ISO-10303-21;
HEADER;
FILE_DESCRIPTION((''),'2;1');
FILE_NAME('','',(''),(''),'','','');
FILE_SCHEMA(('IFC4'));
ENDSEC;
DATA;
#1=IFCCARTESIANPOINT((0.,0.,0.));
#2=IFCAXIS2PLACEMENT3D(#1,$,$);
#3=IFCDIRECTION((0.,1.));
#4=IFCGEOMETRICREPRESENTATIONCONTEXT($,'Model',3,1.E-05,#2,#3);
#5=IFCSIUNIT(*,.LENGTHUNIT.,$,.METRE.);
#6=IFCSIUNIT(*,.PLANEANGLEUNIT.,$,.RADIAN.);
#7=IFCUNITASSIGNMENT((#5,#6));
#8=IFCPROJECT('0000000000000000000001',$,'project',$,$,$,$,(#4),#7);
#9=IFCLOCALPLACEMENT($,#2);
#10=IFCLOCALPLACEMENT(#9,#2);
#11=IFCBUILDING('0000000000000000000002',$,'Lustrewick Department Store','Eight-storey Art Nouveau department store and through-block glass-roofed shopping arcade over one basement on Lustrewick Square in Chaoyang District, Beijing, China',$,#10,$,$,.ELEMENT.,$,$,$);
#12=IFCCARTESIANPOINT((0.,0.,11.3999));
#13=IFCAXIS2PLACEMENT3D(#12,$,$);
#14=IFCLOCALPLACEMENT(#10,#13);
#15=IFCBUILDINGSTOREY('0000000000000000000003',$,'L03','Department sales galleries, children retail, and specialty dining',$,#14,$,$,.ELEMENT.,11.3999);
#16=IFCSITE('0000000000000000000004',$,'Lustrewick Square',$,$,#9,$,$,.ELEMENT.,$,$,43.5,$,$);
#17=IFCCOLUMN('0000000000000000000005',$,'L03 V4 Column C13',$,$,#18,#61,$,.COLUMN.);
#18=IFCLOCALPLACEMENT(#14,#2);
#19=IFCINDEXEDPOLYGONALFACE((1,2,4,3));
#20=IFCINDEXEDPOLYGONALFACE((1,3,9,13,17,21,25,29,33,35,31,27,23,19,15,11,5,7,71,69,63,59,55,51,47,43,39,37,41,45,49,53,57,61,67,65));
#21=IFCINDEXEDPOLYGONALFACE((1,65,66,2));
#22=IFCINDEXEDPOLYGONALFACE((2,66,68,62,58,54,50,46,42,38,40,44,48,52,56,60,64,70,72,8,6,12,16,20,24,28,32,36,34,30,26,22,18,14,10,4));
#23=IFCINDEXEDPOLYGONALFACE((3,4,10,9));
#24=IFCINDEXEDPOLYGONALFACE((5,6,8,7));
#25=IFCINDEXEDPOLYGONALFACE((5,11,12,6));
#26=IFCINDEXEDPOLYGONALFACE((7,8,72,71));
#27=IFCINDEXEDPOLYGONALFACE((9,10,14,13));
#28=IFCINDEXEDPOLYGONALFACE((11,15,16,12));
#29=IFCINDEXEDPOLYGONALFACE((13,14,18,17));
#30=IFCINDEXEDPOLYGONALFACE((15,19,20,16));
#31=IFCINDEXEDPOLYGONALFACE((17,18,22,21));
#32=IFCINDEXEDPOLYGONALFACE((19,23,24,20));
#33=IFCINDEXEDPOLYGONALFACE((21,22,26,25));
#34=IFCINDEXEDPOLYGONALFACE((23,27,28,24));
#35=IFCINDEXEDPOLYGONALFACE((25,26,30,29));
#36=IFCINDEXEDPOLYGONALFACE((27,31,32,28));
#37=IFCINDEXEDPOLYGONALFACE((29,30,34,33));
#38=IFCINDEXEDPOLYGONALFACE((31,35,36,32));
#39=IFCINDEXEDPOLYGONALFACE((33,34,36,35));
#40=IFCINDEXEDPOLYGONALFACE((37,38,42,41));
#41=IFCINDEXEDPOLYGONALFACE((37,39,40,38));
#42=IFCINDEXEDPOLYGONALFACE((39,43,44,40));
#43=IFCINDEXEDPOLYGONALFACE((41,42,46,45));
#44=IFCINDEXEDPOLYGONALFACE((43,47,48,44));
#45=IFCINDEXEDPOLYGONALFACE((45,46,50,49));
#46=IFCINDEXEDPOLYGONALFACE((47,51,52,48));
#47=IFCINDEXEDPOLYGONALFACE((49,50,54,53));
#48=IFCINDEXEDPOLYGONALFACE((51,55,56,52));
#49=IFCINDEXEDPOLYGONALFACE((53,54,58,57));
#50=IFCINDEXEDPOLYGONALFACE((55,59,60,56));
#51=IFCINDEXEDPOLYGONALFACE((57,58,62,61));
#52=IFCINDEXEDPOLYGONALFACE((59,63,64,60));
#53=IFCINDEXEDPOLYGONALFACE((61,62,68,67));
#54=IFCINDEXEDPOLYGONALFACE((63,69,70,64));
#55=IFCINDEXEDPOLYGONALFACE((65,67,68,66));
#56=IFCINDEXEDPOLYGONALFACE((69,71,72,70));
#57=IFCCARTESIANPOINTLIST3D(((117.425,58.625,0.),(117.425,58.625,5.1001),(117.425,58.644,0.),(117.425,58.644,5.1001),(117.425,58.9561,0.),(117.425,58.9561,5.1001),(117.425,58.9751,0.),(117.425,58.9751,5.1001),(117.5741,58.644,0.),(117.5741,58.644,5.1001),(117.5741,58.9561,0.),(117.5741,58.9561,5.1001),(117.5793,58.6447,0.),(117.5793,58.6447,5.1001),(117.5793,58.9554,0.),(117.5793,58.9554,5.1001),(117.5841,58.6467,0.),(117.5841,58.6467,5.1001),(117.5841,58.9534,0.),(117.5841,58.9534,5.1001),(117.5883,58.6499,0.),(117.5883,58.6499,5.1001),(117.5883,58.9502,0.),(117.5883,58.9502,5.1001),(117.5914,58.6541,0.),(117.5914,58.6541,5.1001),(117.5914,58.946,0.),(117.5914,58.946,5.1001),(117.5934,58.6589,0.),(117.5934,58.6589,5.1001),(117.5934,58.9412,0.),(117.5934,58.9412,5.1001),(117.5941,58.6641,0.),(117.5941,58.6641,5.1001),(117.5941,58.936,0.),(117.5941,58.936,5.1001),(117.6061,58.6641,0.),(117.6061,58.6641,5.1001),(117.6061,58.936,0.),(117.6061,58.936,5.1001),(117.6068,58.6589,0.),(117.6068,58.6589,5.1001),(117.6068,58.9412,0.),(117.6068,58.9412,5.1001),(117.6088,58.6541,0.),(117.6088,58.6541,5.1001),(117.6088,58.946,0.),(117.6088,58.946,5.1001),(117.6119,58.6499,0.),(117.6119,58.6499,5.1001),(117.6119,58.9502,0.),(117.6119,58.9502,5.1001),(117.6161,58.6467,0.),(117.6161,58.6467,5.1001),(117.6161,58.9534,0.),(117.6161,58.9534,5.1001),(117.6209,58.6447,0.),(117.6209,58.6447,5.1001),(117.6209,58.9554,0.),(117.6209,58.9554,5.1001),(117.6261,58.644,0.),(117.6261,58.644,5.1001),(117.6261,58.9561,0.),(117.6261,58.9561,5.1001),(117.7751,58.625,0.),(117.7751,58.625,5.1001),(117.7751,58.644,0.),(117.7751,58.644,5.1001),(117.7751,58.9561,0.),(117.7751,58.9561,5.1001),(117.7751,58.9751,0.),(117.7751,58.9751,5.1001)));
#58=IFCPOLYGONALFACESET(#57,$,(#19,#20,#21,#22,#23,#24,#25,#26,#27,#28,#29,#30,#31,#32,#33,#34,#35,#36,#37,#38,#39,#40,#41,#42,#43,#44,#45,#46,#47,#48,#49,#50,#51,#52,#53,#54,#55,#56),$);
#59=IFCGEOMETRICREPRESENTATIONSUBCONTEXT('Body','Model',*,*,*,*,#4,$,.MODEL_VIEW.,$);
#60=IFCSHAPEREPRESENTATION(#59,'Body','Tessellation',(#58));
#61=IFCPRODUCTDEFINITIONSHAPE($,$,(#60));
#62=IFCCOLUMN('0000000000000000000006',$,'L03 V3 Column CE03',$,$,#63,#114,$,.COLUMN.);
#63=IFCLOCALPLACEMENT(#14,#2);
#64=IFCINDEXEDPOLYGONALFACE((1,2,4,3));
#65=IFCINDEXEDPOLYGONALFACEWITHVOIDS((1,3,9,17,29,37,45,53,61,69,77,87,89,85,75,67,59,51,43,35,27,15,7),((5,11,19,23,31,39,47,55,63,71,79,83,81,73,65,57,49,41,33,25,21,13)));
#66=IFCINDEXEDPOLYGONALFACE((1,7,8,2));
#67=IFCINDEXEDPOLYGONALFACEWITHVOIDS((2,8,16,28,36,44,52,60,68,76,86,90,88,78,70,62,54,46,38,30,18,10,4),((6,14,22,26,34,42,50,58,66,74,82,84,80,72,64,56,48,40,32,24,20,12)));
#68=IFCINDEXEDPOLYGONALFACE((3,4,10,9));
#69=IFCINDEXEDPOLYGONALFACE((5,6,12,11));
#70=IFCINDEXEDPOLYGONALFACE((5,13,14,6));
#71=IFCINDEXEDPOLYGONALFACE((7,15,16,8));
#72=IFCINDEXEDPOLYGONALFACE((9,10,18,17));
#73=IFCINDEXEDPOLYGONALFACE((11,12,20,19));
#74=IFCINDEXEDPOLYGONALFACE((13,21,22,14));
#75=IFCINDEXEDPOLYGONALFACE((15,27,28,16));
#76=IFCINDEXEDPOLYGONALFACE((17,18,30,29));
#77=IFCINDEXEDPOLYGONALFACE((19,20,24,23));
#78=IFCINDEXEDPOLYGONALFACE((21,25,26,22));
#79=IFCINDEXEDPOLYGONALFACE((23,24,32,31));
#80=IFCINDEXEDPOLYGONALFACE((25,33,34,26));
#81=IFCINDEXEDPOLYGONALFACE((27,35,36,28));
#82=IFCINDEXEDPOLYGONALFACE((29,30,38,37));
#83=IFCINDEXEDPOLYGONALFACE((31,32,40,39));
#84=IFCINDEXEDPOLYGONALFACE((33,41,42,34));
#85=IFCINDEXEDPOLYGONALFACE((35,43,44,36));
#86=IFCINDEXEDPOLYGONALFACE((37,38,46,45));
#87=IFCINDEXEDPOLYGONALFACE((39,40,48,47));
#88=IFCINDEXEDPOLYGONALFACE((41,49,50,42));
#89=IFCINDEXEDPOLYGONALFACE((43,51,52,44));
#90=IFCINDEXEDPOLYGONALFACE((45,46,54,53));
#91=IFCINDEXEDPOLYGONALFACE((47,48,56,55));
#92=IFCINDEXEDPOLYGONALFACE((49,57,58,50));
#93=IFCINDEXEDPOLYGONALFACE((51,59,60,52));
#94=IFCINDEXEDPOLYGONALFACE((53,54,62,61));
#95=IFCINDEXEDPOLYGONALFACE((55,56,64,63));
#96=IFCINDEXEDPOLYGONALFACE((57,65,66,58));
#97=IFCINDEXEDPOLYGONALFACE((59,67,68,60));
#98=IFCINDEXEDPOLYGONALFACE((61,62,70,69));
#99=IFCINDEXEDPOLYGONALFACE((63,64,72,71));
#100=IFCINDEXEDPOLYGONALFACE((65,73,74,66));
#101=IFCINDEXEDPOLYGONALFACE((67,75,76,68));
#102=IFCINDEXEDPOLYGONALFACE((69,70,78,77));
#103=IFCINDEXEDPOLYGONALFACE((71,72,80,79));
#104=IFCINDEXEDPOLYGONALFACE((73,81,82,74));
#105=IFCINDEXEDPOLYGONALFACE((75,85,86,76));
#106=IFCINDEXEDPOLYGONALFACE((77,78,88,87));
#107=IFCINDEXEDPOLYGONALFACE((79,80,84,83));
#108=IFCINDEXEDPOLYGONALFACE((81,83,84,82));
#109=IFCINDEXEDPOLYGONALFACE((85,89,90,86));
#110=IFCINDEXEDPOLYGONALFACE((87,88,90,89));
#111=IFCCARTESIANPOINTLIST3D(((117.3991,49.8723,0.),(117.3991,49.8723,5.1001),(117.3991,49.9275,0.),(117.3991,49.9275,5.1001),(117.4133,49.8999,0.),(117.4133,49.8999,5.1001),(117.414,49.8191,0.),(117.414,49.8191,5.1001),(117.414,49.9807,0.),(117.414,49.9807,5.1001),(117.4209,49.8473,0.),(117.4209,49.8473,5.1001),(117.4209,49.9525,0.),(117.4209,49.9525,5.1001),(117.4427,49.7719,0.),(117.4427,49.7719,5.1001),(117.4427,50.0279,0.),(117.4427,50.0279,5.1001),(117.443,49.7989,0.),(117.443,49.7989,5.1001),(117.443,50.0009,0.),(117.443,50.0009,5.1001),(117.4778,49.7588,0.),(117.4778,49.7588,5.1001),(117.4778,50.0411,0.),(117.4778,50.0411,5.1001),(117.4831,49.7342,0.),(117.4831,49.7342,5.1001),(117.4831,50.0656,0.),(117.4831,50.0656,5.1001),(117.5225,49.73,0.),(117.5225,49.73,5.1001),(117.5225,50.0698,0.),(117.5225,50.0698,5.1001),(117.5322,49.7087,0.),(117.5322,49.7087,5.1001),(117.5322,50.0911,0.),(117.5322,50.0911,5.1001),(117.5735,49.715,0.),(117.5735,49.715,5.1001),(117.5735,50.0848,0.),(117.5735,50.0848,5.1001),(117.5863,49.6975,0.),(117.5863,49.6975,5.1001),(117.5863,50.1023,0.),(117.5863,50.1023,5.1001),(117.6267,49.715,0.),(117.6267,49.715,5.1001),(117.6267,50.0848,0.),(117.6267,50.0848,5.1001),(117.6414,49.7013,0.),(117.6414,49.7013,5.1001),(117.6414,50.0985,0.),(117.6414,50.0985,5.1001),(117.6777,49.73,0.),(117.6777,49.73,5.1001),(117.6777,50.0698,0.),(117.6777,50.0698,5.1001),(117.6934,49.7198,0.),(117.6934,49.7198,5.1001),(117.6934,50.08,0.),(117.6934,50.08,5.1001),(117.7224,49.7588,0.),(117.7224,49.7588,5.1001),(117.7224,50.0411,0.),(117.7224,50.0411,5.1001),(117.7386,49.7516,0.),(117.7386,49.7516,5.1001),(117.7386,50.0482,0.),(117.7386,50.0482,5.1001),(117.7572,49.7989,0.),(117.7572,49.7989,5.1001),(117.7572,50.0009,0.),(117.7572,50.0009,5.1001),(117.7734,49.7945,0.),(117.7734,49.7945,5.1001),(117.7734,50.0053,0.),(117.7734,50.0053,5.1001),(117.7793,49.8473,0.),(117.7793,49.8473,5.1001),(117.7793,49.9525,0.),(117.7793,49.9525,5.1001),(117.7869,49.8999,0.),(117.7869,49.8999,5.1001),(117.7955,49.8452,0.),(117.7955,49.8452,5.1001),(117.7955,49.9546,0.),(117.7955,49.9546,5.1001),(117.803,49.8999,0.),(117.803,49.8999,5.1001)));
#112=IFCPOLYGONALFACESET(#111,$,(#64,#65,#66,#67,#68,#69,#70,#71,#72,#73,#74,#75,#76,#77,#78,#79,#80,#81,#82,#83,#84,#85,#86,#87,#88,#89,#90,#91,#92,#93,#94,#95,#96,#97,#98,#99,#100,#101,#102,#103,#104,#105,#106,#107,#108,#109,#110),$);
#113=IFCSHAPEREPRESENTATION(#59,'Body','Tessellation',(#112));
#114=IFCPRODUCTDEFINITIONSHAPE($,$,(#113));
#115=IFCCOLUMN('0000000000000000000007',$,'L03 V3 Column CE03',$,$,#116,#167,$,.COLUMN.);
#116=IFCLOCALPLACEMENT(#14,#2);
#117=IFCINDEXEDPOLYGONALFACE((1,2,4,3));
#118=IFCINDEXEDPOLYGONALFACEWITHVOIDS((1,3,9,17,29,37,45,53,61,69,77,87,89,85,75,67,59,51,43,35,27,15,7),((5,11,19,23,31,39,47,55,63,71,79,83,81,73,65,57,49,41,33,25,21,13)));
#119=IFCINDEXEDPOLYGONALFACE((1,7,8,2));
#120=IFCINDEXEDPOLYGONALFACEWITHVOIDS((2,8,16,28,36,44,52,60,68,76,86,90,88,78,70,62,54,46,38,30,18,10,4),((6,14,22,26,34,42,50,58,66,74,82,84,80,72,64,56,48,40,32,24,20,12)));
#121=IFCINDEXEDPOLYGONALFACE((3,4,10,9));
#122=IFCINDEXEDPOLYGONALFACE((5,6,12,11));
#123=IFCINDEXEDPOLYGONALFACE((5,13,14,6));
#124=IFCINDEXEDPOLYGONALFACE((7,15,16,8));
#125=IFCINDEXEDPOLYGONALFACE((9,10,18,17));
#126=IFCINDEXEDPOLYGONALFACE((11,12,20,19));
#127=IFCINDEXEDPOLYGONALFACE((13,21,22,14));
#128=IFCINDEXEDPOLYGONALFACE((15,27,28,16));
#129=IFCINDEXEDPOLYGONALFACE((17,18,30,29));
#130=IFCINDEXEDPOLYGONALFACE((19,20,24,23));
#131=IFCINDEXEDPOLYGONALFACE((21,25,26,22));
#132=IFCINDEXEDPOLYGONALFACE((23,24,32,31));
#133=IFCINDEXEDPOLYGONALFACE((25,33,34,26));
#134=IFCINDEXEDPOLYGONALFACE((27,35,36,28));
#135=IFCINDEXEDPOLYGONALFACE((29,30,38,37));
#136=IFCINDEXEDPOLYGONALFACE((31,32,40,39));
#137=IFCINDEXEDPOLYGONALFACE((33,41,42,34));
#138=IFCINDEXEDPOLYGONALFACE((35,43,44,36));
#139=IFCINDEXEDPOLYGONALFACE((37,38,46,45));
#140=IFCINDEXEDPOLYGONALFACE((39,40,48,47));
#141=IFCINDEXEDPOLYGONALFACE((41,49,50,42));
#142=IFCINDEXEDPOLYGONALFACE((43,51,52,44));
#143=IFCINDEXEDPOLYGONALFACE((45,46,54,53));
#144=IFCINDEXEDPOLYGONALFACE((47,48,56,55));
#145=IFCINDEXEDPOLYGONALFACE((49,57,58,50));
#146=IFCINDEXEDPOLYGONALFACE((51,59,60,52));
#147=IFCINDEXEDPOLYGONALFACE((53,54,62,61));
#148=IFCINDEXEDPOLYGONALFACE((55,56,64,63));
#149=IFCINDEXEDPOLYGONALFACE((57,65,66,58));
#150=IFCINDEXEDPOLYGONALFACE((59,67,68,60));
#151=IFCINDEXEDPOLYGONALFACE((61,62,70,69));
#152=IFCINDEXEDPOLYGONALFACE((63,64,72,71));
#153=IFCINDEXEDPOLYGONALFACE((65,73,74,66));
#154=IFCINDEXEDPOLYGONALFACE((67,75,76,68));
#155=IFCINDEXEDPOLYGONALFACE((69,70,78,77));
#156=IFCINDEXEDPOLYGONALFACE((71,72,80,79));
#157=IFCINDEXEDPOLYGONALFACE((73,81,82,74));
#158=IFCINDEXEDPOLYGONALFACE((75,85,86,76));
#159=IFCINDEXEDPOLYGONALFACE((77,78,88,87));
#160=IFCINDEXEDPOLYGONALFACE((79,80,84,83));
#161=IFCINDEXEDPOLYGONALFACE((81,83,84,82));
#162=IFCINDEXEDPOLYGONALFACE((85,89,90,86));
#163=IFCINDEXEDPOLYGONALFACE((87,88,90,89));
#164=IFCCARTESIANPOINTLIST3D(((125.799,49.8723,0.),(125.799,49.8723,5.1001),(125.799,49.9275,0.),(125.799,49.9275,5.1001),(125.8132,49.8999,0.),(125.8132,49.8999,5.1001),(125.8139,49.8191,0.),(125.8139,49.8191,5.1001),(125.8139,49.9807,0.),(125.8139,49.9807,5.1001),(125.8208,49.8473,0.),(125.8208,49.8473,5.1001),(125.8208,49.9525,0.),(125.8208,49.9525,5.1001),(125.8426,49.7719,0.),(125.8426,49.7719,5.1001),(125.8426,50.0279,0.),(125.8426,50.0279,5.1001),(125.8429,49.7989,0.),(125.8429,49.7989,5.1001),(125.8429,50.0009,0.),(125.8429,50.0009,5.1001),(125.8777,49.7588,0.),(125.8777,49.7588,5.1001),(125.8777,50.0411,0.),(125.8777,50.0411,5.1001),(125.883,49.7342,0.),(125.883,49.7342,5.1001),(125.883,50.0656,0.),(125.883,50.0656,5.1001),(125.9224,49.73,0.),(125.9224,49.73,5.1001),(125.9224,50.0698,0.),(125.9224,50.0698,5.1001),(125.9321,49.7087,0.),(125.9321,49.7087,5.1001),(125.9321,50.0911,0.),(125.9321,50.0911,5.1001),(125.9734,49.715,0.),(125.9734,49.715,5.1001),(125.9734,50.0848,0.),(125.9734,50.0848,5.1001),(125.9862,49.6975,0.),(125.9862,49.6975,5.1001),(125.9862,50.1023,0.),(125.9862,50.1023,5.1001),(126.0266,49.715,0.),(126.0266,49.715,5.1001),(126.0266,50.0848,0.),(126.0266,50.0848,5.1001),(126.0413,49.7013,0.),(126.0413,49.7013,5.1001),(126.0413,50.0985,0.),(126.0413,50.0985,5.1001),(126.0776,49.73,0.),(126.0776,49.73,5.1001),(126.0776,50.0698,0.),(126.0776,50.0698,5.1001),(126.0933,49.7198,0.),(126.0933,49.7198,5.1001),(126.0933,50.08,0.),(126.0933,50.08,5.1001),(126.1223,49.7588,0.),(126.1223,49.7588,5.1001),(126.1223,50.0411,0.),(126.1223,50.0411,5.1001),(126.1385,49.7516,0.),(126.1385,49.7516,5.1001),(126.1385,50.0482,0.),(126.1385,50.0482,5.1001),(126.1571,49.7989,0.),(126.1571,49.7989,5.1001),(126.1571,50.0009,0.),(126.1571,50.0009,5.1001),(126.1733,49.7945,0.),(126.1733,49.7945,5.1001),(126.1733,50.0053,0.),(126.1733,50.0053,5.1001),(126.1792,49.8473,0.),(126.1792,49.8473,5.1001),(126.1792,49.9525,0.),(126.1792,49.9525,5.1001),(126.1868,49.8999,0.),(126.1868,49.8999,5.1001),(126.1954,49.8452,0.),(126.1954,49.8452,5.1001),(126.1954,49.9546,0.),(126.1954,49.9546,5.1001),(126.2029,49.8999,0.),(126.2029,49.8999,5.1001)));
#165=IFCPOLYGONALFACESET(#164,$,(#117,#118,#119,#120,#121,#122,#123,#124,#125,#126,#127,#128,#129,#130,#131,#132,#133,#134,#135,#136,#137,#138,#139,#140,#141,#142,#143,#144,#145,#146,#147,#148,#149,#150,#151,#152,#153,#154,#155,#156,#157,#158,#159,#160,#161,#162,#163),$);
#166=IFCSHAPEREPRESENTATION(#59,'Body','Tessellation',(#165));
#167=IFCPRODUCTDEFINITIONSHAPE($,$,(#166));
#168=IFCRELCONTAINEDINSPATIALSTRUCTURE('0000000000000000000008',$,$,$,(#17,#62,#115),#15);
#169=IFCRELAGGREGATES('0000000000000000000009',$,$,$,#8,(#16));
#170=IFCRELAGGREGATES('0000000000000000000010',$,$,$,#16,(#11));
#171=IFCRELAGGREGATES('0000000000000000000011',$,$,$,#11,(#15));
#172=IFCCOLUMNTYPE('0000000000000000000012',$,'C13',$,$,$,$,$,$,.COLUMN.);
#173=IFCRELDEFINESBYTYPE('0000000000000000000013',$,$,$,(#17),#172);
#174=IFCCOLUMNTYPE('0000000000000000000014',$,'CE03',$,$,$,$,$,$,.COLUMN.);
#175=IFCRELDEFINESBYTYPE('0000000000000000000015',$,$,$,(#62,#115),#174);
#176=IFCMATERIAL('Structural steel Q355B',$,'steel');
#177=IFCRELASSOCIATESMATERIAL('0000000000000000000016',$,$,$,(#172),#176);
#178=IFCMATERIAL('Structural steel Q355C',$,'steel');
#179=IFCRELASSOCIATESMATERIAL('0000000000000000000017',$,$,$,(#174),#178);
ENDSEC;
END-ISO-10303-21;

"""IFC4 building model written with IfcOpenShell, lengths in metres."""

from ifc_helpers import new_model, si_unit, direction, frame, origin, origin_2d, place, context, subcontext, project, spatial, hollow_circle, i_section, extrude, material, material_profile, profile_set, type_object, element, save


model = new_model("IFC4")

# Units and contexts
model_context = context("Model", 3, precision=1e-05, world=origin(), true_north=direction((0.0, 1.0)))
body_context = subcontext(model_context, "Body", "Model", "MODEL_VIEW")
ifc_project = project(units=[si_unit("LENGTHUNIT", "METRE"), si_unit("PLANEANGLEUNIT", "RADIAN")], contexts=[model_context])

# Site, building, storey
site_placement = place(None, origin())
site = spatial("IfcSite", under=ifc_project, at=site_placement, Name="Lustrewick Square", CompositionType="ELEMENT", RefElevation=43.5)
building_placement = place(site_placement, origin())
building = spatial("IfcBuilding", under=site, at=building_placement, Name="Lustrewick Department Store", Description="Eight-storey Art Nouveau department store and through-block glass-roofed shopping arcade over one basement on Lustrewick Square in Chaoyang District, Beijing, China", CompositionType="ELEMENT")
storey_placement = place(building_placement, frame((0.0, 0.0, 11.3999)))
storey = spatial("IfcBuildingStorey", under=building, at=storey_placement, Name="L03", Description="Department sales galleries, children retail, and specialty dining", CompositionType="ELEMENT", Elevation=11.3999)

# Columns
ifc_material_1 = material(Name="Structural steel Q355B", Category="steel")
ifc_material_profile_1 = material_profile(ifc_material_1, i_section(OverallWidth=0.3501, OverallDepth=0.3501, WebThickness=0.012, FlangeThickness=0.019, FilletRadius=0.02, at=origin_2d()), Name="HW 350x350x12x19")
ifc_profile_set_1 = profile_set([ifc_material_profile_1], Name="Structural steel Q355B")
column_type_1 = type_object("IfcColumnType", Name="C13", PredefinedType="COLUMN", material=ifc_profile_set_1)
column_1_placement = place(storey_placement, frame((117.6001, 58.8, 0.0), z_axis=(0.0, 0.0, 1.0), x_axis=(1.0, 0.0, 0.0)))
element("IfcColumn", 1, at=column_1_placement, inside=storey, type_object=column_type_1, Name="L03 V4 Column C13", PredefinedType="COLUMN", context=body_context, shape_type="SweptSolid", body=[
    extrude(i_section(OverallWidth=0.3501, OverallDepth=0.3501, WebThickness=0.012, FlangeThickness=0.019, FilletRadius=0.02, at=origin_2d()), origin(), (0.0, 0.0, 1.0), 5.1001),
])
ifc_material_2 = material(Name="Structural steel Q355C", Category="steel")
ifc_material_profile_2 = material_profile(ifc_material_2, hollow_circle(Radius=0.2029, WallThickness=0.0161, at=origin_2d()), Name="CHS 406x16")
ifc_profile_set_2 = profile_set([ifc_material_profile_2], Name="Structural steel Q355C")
column_type_2 = type_object("IfcColumnType", Name="CE03", PredefinedType="COLUMN", material=ifc_profile_set_2)
for number, where, z_axis, x_axis, name in (
    (2, (117.6001, 49.8999, 0.0), (0.0, 0.0, 1.0), (1.0, 0.0, 0.0), "L03 V3 Column CE03"),
    (3, (126.0, 49.8999, 0.0), (0.0, 0.0, 1.0), (1.0, 0.0, 0.0), "L03 V3 Column CE03"),
):
    element("IfcColumn", number, at=place(storey_placement, frame(where, z_axis=z_axis, x_axis=x_axis)), inside=storey, type_object=column_type_2, Name=name, PredefinedType="COLUMN", context=body_context, shape_type="SweptSolid", body=[
        extrude(hollow_circle(Radius=0.2029, WallThickness=0.0161, at=origin_2d()), origin(), (0.0, 0.0, 1.0), 5.1001),
    ])

save(model, "model.ifc")
